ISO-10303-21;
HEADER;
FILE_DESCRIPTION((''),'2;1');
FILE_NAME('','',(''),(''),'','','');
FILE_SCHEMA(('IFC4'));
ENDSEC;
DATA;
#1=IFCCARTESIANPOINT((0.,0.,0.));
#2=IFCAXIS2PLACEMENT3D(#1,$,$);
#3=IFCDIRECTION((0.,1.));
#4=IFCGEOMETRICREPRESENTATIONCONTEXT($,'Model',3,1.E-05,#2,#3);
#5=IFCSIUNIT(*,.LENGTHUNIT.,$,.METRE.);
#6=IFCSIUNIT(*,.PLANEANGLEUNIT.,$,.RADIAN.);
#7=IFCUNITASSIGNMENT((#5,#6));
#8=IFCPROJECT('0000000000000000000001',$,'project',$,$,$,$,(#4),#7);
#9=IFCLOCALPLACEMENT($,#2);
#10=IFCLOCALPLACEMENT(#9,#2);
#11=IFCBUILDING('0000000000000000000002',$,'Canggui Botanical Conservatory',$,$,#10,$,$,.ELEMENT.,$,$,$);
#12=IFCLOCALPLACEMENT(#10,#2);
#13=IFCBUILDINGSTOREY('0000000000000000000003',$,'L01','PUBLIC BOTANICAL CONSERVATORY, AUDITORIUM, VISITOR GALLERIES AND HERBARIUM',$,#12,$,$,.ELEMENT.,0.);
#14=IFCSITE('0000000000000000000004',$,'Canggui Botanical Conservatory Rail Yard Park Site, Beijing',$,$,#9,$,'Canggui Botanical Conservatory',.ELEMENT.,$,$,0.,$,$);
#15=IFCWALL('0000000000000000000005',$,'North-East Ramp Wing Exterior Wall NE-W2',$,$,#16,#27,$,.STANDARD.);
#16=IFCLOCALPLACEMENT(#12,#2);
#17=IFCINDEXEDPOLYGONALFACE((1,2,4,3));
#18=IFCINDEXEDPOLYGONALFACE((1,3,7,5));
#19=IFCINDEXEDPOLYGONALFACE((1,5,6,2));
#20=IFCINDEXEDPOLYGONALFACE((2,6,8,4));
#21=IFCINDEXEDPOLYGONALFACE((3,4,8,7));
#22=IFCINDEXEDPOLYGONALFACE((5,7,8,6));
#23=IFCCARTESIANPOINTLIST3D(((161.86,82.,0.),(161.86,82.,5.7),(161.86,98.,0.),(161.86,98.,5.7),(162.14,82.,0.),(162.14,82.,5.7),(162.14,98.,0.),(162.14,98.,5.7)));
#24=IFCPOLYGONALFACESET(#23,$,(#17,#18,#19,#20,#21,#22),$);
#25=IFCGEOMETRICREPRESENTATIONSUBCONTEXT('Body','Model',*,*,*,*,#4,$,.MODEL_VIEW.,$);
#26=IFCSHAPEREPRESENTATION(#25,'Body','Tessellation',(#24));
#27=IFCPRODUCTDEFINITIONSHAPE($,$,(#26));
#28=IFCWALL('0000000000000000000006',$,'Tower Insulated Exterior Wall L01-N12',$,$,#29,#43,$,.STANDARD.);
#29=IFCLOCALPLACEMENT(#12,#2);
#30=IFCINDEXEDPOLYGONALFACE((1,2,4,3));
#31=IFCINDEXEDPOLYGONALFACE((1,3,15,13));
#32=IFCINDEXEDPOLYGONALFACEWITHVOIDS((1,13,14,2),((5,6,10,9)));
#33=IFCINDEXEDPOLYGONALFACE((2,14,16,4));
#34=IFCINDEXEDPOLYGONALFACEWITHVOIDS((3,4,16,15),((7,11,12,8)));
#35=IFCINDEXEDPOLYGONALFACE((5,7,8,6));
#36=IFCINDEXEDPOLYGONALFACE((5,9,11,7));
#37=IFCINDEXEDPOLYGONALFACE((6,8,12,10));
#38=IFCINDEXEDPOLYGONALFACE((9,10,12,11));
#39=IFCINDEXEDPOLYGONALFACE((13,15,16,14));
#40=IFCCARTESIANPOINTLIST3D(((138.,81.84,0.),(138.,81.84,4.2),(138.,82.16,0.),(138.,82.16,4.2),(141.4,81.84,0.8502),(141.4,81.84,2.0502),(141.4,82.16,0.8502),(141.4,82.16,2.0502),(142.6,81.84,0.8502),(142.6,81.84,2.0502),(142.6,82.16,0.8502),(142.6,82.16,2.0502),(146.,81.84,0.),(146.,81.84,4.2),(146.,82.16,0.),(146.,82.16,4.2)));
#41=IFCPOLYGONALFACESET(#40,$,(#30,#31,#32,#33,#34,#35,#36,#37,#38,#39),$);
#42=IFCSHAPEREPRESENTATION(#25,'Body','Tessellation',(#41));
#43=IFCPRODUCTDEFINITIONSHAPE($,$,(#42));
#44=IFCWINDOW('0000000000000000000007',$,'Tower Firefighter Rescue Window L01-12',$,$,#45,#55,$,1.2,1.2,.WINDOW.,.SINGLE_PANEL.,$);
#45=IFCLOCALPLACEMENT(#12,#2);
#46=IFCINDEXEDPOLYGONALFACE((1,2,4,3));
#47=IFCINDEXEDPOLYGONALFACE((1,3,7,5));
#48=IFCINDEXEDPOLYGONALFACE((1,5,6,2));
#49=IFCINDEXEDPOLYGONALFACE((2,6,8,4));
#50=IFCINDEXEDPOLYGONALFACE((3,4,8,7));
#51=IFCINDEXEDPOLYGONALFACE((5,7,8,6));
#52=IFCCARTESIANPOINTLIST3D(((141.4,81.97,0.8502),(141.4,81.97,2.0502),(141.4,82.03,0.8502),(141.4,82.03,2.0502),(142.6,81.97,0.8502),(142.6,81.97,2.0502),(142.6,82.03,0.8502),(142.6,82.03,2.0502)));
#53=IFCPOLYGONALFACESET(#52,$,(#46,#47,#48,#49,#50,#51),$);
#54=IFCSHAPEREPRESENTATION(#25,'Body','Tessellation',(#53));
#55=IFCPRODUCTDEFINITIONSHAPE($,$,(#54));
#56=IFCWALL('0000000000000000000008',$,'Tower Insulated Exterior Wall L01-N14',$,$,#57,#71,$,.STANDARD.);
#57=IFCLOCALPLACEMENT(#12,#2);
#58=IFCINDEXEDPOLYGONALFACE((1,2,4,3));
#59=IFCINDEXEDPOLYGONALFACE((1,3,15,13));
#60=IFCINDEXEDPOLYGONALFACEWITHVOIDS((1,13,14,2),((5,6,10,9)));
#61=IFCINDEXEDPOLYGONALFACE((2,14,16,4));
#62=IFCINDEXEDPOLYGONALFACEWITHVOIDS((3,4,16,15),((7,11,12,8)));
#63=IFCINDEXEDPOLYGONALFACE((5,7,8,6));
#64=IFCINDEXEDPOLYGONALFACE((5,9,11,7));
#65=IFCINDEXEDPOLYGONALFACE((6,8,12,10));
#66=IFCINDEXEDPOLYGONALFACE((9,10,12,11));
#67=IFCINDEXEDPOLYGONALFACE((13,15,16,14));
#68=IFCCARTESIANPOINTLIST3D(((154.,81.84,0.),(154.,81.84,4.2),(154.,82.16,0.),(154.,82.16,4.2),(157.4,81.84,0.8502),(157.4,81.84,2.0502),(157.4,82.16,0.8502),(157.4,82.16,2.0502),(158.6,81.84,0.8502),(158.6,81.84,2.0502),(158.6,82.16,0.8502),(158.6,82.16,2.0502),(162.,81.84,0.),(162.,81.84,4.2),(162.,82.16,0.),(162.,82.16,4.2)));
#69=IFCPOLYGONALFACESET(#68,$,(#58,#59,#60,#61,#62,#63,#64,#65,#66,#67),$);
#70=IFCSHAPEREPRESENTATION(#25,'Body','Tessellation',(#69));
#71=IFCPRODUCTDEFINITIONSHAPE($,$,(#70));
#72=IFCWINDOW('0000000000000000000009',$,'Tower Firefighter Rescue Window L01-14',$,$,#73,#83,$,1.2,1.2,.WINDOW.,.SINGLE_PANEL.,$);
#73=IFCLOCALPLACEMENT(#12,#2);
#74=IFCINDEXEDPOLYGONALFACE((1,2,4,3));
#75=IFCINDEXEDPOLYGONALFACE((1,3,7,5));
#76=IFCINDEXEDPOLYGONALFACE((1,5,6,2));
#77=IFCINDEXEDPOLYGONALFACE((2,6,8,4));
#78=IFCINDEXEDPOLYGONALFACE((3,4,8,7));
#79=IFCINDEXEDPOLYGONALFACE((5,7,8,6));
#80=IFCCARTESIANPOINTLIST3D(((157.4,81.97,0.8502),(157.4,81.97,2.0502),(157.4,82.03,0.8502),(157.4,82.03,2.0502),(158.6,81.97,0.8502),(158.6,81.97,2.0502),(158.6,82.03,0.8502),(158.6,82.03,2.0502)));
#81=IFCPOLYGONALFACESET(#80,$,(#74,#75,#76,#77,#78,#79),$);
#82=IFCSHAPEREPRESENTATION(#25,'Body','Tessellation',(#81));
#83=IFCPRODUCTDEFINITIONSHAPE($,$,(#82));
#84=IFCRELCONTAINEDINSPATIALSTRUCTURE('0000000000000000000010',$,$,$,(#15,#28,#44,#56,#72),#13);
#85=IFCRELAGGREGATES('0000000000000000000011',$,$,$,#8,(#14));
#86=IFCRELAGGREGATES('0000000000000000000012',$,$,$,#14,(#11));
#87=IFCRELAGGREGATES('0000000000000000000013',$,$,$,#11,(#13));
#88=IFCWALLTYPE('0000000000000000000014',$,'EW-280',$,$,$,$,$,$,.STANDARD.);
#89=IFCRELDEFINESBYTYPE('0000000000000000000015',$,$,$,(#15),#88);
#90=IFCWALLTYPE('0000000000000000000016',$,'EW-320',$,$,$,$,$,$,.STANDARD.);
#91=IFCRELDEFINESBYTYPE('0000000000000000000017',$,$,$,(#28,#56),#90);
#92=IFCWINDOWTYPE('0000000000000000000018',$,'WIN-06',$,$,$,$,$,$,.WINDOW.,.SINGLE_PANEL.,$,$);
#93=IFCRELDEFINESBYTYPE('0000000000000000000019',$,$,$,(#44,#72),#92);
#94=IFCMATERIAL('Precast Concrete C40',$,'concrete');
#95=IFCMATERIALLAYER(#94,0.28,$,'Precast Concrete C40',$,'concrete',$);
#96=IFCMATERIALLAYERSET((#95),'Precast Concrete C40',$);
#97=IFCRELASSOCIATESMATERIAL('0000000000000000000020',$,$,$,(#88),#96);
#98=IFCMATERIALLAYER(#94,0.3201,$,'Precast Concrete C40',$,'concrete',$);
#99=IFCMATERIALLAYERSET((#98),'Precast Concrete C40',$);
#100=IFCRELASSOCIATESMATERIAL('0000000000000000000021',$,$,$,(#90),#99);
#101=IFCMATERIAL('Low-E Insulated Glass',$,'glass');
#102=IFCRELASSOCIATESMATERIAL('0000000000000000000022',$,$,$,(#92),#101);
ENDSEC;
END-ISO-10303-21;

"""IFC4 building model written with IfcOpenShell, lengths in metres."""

from ifc_helpers import new_model, si_unit, direction, frame, frame_2d, origin, place, context, subcontext, project, spatial, rectangle, extrude, material, layer, layer_set, type_object, element, fill, save


model = new_model("IFC4")

# Units and contexts
model_context = context("Model", 3, precision=1e-05, world=origin(), true_north=direction((0.0, 1.0)))
body_context = subcontext(model_context, "Body", "Model", "MODEL_VIEW")
ifc_project = project(units=[si_unit("LENGTHUNIT", "METRE"), si_unit("PLANEANGLEUNIT", "RADIAN")], contexts=[model_context])

# Site, building, storey
site_placement = place(None, origin())
site = spatial("IfcSite", under=ifc_project, at=site_placement, Name="Canggui Botanical Conservatory Rail Yard Park Site, Beijing", LongName="Canggui Botanical Conservatory", CompositionType="ELEMENT", RefElevation=0.0)
building_placement = place(site_placement, origin())
building = spatial("IfcBuilding", under=site, at=building_placement, Name="Canggui Botanical Conservatory", CompositionType="ELEMENT")
storey_placement = place(building_placement, origin())
storey = spatial("IfcBuildingStorey", under=building, at=storey_placement, Name="L01", Description="PUBLIC BOTANICAL CONSERVATORY, AUDITORIUM, VISITOR GALLERIES AND HERBARIUM", CompositionType="ELEMENT", Elevation=0.0)

# Shared definitions
ifc_material_1 = material(Name="Low-E Insulated Glass", Category="glass")

# Wall
ifc_material_2 = material(Name="Precast Concrete C40", Category="concrete")
ifc_layer_1 = layer(ifc_material_2, 0.28, Name="Precast Concrete C40", Category="concrete")
ifc_layer_set_1 = layer_set([ifc_layer_1], Name="Precast Concrete C40")
wall_type_1 = type_object("IfcWallType", Name="EW-280", PredefinedType="STANDARD", material=ifc_layer_set_1)
wall_1_placement = place(storey_placement, frame((162.0, 82.0, 0.0), z_axis=(0.0, 0.0, 1.0), x_axis=(0.0, 1.0, 0.0)))
element("IfcWall", 1, at=wall_1_placement, inside=storey, type_object=wall_type_1, Name="North-East Ramp Wing Exterior Wall NE-W2", PredefinedType="STANDARD", context=body_context, shape_type="SweptSolid", body=[
    extrude(rectangle(XDim=16.0, YDim=0.28, at=frame_2d((8.0, 0.0))), origin(), (0.0, 0.0, 1.0), 5.7),
])

# Wall, opening, window
ifc_layer_2 = layer(ifc_material_2, 0.3201, Name="Precast Concrete C40", Category="concrete")
ifc_layer_set_2 = layer_set([ifc_layer_2], Name="Precast Concrete C40")
wall_type_2 = type_object("IfcWallType", Name="EW-320", PredefinedType="STANDARD", material=ifc_layer_set_2)
wall_2_placement = place(storey_placement, frame((138.0, 82.0, 0.0), z_axis=(0.0, 0.0, 1.0), x_axis=(1.0, 0.0, 0.0)))
wall_2 = element("IfcWall", 2, at=wall_2_placement, inside=storey, type_object=wall_type_2, Name="Tower Insulated Exterior Wall L01-N12", PredefinedType="STANDARD", context=body_context, shape_type="SweptSolid", body=[
    extrude(rectangle(XDim=8.0, YDim=0.3201, at=frame_2d((4.0, 0.0))), origin(), (0.0, 0.0, 1.0), 4.2),
])
opening_1_placement = place(wall_2_placement, frame((3.3999, 0.0, 0.8501)))
opening_1 = element("IfcOpeningElement", 3, at=opening_1_placement, cuts=wall_2, PredefinedType="OPENING", context=body_context, shape_type="SweptSolid", body=[
    extrude(rectangle(XDim=1.2, YDim=1.2, at=frame_2d((0.6001, 0.6001))), frame((0.0, 0.1699, 0.0), z_axis=(0.0, -1.0, 0.0), x_axis=(1.0, 0.0, 0.0)), (0.0, 0.0, 1.0), 0.3401),
])
window_type = type_object("IfcWindowType", Name="WIN-06", PartitioningType="SINGLE_PANEL", PredefinedType="WINDOW", material=ifc_material_1)
window_1_placement = place(opening_1_placement, origin())
window_1 = element("IfcWindow", 4, at=window_1_placement, inside=storey, type_object=window_type, Name="Tower Firefighter Rescue Window L01-12", OverallHeight=1.2, OverallWidth=1.2, PartitioningType="SINGLE_PANEL", PredefinedType="WINDOW", context=body_context, shape_type="SweptSolid", body=[
    extrude(rectangle(XDim=1.2, YDim=1.2, at=frame_2d((0.6001, 0.6001))), frame((0.0, 0.03, 0.0), z_axis=(0.0, -1.0, 0.0), x_axis=(1.0, 0.0, 0.0)), (0.0, 0.0, 1.0), 0.0601),
])
fill(opening_1, window_1)

# Wall, opening, window
wall_3_placement = place(storey_placement, frame((154.0, 82.0, 0.0), z_axis=(0.0, 0.0, 1.0), x_axis=(1.0, 0.0, 0.0)))
wall_3 = element("IfcWall", 5, at=wall_3_placement, inside=storey, type_object=wall_type_2, Name="Tower Insulated Exterior Wall L01-N14", PredefinedType="STANDARD", context=body_context, shape_type="SweptSolid", body=[
    extrude(rectangle(XDim=8.0, YDim=0.3201, at=frame_2d((4.0, 0.0))), origin(), (0.0, 0.0, 1.0), 4.2),
])
opening_2_placement = place(wall_3_placement, frame((3.3999, 0.0, 0.8501)))
opening_2 = element("IfcOpeningElement", 6, at=opening_2_placement, cuts=wall_3, PredefinedType="OPENING", context=body_context, shape_type="SweptSolid", body=[
    extrude(rectangle(XDim=1.2, YDim=1.2, at=frame_2d((0.6001, 0.6001))), frame((0.0, 0.1699, 0.0), z_axis=(0.0, -1.0, 0.0), x_axis=(1.0, 0.0, 0.0)), (0.0, 0.0, 1.0), 0.3401),
])
window_2_placement = place(opening_2_placement, origin())
window_2 = element("IfcWindow", 7, at=window_2_placement, inside=storey, type_object=window_type, Name="Tower Firefighter Rescue Window L01-14", OverallHeight=1.2, OverallWidth=1.2, PartitioningType="SINGLE_PANEL", PredefinedType="WINDOW", context=body_context, shape_type="SweptSolid", body=[
    extrude(rectangle(XDim=1.2, YDim=1.2, at=frame_2d((0.6001, 0.6001))), frame((0.0, 0.03, 0.0), z_axis=(0.0, -1.0, 0.0), x_axis=(1.0, 0.0, 0.0)), (0.0, 0.0, 1.0), 0.0601),
])
fill(opening_2, window_2)

save(model, "model.ifc")
